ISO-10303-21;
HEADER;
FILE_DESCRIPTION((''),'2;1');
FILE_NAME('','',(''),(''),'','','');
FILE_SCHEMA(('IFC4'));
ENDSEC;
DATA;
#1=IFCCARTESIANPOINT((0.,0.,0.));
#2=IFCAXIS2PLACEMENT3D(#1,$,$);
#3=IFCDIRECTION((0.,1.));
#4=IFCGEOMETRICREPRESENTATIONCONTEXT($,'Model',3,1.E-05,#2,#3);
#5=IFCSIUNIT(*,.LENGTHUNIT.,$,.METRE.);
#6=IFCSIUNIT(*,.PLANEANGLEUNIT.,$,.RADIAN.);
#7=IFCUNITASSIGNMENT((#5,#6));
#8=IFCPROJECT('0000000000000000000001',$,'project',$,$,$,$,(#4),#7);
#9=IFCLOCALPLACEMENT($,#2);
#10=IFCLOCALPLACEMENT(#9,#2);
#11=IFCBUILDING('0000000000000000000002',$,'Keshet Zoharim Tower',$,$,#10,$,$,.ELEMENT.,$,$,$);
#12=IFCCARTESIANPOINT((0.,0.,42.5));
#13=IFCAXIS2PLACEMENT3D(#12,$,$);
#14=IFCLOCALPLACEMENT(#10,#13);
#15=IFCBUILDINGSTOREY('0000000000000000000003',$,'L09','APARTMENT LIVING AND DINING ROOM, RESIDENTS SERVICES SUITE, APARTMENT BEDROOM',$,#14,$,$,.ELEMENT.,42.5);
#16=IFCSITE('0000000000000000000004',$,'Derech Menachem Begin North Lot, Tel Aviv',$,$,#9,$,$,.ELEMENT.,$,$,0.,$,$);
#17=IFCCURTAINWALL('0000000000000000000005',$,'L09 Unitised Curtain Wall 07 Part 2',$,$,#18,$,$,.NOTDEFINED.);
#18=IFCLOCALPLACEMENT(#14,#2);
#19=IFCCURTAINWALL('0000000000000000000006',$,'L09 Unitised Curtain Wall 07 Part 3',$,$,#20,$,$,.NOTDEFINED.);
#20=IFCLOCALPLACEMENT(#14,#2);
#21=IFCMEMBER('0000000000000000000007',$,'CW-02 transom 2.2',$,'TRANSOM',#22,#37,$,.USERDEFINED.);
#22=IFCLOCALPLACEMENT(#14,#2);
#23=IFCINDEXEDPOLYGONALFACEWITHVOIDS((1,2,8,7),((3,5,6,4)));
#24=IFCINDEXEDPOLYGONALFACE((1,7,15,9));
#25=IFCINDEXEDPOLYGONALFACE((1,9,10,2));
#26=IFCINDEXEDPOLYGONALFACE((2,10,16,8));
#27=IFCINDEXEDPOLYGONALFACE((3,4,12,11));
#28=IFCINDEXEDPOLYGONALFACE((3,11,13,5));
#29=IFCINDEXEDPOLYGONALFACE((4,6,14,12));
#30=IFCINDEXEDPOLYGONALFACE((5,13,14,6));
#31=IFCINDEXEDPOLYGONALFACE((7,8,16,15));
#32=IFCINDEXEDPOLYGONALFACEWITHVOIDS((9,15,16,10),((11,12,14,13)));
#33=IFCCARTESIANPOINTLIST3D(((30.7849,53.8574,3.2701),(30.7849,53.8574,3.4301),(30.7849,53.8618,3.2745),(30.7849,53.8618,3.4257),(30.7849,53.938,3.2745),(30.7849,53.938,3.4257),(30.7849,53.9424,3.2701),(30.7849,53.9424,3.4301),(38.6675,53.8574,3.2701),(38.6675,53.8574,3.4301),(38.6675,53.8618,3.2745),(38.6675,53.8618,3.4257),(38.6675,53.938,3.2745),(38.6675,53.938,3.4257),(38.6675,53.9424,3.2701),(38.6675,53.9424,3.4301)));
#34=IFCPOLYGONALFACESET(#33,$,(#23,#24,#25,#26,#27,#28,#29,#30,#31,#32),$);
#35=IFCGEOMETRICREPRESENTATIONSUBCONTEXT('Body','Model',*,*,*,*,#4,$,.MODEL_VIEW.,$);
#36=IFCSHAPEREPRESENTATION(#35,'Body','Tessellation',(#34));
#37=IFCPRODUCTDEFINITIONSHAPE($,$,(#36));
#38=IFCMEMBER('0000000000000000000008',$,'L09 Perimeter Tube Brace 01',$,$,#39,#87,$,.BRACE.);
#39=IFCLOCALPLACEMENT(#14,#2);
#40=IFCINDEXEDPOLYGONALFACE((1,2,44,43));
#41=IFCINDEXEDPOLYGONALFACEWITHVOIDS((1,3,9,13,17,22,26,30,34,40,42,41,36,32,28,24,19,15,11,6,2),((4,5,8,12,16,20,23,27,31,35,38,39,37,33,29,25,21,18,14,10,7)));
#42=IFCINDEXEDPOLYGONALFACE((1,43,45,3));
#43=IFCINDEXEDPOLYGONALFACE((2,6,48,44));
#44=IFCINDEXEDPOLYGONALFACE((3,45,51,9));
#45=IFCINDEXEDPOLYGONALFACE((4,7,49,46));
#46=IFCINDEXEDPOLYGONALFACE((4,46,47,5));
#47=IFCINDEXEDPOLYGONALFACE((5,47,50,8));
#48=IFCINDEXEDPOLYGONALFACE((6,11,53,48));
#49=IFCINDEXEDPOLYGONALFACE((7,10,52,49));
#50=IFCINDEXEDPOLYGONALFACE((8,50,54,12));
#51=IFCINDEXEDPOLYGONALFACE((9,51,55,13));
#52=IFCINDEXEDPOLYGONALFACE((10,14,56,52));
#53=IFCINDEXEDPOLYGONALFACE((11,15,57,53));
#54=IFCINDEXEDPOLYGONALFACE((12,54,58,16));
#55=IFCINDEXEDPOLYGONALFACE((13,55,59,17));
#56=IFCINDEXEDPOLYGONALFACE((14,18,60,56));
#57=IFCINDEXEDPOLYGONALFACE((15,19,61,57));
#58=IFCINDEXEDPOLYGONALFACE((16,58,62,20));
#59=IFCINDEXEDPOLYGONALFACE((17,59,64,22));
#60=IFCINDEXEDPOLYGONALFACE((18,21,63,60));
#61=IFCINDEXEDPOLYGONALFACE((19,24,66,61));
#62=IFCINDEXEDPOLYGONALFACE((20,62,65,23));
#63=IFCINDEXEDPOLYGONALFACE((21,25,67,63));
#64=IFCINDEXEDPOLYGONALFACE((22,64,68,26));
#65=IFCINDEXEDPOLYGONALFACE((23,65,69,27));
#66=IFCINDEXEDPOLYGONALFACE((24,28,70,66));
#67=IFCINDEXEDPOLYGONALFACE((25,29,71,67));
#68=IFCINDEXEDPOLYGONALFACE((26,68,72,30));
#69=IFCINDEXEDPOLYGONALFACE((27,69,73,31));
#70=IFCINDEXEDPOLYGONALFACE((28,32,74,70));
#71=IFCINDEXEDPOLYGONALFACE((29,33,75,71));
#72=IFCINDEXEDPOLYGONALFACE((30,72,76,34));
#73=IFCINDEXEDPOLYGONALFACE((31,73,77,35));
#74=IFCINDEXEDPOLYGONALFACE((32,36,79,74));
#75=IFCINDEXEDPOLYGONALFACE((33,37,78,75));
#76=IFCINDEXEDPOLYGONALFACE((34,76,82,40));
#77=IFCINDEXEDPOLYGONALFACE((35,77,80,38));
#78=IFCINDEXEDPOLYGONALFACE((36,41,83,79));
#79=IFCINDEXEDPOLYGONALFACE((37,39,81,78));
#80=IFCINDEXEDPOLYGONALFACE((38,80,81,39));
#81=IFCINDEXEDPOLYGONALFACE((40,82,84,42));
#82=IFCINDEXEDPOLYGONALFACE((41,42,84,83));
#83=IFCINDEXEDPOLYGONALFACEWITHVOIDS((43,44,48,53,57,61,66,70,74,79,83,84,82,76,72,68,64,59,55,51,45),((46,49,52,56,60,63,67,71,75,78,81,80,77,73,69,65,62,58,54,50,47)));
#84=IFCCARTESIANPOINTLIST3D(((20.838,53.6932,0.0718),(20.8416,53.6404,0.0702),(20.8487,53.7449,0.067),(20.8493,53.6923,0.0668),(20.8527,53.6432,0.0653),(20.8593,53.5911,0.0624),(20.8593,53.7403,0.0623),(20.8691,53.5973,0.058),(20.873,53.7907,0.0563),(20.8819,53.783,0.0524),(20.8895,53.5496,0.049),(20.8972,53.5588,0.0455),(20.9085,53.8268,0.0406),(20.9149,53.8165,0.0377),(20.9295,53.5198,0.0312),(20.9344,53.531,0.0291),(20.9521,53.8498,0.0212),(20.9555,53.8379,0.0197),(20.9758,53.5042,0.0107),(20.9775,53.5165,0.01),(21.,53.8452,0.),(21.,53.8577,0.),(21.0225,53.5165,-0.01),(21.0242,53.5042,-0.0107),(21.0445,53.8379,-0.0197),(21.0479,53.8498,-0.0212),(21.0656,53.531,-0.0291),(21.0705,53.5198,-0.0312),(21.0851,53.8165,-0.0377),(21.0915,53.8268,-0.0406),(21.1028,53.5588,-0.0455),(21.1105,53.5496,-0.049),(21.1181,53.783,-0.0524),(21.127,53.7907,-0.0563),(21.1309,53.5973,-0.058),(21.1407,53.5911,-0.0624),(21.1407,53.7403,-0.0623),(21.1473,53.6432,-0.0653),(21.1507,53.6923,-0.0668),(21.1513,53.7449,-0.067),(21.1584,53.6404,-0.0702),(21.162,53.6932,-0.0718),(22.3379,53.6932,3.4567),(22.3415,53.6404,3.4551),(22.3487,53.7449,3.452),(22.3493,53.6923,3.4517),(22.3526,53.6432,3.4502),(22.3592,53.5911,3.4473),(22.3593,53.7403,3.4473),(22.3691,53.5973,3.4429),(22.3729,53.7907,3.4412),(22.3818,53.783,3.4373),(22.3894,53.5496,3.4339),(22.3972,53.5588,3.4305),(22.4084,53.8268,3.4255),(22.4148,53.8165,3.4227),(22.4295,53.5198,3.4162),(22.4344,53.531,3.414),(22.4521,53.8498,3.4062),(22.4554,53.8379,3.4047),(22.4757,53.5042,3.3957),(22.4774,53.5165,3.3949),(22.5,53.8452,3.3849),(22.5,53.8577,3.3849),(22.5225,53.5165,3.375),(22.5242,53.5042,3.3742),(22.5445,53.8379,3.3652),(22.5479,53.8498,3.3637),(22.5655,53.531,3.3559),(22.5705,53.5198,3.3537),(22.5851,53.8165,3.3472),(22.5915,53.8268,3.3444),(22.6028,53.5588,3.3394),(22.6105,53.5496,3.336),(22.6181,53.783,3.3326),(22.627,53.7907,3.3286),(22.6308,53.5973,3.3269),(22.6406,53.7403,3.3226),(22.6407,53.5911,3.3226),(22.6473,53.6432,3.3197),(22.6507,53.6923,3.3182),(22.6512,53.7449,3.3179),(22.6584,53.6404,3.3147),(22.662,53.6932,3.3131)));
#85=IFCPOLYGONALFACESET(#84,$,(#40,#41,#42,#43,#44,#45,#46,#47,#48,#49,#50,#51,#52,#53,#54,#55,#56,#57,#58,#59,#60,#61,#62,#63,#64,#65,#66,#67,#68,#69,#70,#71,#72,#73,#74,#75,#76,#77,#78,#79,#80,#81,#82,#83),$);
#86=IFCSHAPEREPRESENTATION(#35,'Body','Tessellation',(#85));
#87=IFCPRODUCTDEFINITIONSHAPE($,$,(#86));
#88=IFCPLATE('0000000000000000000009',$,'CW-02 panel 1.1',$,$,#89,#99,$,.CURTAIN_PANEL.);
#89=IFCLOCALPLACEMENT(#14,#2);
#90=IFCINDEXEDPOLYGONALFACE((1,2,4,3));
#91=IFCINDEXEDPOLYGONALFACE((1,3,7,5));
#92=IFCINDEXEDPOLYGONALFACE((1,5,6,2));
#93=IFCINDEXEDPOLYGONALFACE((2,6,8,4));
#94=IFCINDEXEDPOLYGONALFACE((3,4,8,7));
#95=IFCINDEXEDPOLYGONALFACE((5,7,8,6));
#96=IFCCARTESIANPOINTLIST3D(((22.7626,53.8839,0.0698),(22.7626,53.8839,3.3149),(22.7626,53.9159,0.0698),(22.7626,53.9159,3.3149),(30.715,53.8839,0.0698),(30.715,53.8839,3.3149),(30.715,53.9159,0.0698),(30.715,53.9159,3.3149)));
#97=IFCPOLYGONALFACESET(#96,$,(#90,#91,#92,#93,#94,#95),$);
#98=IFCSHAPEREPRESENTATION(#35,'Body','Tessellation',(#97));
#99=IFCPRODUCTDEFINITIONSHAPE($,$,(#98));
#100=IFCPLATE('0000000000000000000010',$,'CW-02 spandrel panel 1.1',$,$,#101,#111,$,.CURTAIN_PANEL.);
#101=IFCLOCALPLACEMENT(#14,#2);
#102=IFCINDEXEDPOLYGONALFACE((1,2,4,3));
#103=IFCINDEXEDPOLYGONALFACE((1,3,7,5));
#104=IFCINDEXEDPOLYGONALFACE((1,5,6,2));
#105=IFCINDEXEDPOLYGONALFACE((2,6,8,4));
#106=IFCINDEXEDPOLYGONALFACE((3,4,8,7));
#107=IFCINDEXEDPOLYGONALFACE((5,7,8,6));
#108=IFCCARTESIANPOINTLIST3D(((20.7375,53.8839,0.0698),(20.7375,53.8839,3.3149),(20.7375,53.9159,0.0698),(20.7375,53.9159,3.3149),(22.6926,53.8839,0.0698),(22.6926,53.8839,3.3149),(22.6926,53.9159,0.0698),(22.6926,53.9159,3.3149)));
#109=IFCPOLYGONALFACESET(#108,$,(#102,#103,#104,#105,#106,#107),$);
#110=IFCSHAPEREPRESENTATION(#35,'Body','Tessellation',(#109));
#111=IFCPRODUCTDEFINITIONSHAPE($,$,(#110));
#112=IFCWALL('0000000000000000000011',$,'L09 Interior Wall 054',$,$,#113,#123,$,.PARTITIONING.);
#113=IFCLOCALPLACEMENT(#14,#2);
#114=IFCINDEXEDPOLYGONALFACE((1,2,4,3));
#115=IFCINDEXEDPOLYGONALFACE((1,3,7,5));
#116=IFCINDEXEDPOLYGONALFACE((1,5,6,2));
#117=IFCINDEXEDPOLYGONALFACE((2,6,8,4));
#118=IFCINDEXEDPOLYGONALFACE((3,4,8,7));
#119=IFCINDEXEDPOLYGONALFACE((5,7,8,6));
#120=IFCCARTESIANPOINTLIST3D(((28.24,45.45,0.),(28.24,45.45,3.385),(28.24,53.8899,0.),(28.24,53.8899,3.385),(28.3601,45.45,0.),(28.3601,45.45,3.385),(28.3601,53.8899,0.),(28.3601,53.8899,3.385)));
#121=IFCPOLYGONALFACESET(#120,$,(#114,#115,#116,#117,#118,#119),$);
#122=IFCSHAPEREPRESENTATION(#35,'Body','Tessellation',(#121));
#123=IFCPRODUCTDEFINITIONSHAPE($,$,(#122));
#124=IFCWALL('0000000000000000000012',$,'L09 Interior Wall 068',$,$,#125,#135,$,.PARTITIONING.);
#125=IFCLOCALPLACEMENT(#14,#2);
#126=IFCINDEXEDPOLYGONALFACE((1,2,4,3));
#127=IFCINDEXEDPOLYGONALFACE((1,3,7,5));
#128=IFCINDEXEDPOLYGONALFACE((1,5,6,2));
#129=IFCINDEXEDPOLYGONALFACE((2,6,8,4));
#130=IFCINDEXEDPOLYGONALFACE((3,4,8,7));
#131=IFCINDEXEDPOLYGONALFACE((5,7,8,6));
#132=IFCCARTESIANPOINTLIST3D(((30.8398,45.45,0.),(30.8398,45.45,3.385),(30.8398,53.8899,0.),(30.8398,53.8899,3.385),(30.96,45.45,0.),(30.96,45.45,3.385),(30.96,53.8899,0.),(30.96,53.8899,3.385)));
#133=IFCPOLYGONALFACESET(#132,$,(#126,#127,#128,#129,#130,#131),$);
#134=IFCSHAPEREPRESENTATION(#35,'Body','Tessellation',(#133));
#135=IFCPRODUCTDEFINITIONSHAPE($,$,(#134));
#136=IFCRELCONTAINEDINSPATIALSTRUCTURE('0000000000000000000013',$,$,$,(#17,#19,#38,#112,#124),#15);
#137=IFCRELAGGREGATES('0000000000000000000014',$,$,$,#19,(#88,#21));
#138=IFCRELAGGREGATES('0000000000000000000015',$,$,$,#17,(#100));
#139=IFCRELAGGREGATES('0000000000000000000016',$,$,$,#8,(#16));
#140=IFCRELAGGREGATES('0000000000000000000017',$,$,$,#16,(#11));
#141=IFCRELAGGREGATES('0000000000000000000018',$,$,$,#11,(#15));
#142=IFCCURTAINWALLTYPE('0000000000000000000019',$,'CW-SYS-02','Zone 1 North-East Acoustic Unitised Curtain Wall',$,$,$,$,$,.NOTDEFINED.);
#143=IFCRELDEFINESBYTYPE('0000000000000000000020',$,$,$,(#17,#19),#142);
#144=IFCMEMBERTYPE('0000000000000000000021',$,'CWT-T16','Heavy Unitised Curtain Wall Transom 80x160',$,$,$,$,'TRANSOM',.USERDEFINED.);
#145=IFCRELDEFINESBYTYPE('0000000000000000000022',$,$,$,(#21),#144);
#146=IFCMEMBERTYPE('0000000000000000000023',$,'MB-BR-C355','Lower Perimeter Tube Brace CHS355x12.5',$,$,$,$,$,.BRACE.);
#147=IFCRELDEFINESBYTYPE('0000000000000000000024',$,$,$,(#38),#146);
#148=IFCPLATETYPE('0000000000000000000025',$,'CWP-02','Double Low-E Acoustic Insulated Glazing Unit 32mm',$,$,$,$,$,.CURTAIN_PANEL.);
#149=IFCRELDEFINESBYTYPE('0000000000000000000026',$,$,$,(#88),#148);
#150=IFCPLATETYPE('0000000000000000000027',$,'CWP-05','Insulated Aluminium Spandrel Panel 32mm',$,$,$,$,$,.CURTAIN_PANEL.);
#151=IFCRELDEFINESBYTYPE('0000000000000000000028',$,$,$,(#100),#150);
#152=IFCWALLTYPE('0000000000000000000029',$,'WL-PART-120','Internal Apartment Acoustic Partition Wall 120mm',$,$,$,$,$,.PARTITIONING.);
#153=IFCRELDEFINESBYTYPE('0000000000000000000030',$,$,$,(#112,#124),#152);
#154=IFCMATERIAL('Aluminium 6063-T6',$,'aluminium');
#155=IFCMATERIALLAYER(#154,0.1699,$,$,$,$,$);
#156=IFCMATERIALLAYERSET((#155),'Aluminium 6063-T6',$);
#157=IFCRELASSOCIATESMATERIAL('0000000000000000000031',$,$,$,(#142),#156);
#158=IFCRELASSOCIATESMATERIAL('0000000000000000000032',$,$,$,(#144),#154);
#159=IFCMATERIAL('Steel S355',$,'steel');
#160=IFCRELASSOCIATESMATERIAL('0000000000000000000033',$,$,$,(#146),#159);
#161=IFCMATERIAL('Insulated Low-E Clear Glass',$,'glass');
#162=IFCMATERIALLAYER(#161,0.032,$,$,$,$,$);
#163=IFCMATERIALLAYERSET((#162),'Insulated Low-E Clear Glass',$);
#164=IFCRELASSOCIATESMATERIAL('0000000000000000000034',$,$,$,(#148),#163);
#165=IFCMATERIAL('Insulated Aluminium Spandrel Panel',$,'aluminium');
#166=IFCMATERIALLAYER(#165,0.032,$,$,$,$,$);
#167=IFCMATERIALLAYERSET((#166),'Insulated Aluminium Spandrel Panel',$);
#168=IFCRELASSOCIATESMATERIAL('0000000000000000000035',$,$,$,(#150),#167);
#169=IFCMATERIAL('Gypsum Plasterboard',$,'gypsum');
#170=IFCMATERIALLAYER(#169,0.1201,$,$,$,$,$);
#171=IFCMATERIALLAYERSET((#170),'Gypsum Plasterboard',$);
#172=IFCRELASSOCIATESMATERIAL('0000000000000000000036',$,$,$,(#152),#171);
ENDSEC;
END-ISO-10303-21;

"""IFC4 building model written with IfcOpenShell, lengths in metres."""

from ifc_helpers import new_model, si_unit, direction, frame, frame_2d, origin, origin_2d, place, context, subcontext, project, spatial, rectangle, hollow_rectangle, hollow_circle, extrude, material, layer, layer_set, material_profile, profile_set, type_object, element, aggregate, save


model = new_model("IFC4")

# Units and contexts
model_context = context("Model", 3, precision=1e-05, world=origin(), true_north=direction((0.0, 1.0)))
body_context = subcontext(model_context, "Body", "Model", "MODEL_VIEW")
ifc_project = project(units=[si_unit("LENGTHUNIT", "METRE"), si_unit("PLANEANGLEUNIT", "RADIAN")], contexts=[model_context])

# Site, building, storey
site_placement = place(None, origin())
site = spatial("IfcSite", under=ifc_project, at=site_placement, Name="Derech Menachem Begin North Lot, Tel Aviv", CompositionType="ELEMENT", RefElevation=0.0)
building_placement = place(site_placement, origin())
building = spatial("IfcBuilding", under=site, at=building_placement, Name="Keshet Zoharim Tower", CompositionType="ELEMENT")
storey_placement = place(building_placement, frame((0.0, 0.0, 42.5)))
storey = spatial("IfcBuildingStorey", under=building, at=storey_placement, Name="L09", Description="APARTMENT LIVING AND DINING ROOM, RESIDENTS SERVICES SUITE, APARTMENT BEDROOM", CompositionType="ELEMENT", Elevation=42.5)

# Shared definitions
ifc_material_1 = material(Name="Steel S355", Category="steel")

# Curtain wall
ifc_material_2 = material(Name="Aluminium 6063-T6", Category="aluminium")
ifc_layer_1 = layer(ifc_material_2, 0.1699)
ifc_layer_set_1 = layer_set([ifc_layer_1], Name="Aluminium 6063-T6")
curtain_wall_type = type_object("IfcCurtainWallType", Name="CW-SYS-02", Description="Zone 1 North-East Acoustic Unitised Curtain Wall", PredefinedType="NOTDEFINED", material=ifc_layer_set_1)
curtain_wall_1_placement = place(storey_placement, origin())
curtain_wall_1 = element("IfcCurtainWall", 1, at=curtain_wall_1_placement, inside=storey, type_object=curtain_wall_type, Name="L09 Unitised Curtain Wall 07 Part 2", PredefinedType="NOTDEFINED")

# Curtain wall, member
curtain_wall_2_placement = place(storey_placement, origin())
curtain_wall_2 = element("IfcCurtainWall", 2, at=curtain_wall_2_placement, inside=storey, type_object=curtain_wall_type, Name="L09 Unitised Curtain Wall 07 Part 3", PredefinedType="NOTDEFINED")
ifc_material_profile_1 = material_profile(ifc_material_2, hollow_rectangle(XDim=0.085, YDim=0.1599, WallThickness=0.0044, at=origin_2d()), Name="TRN-85x160")
ifc_profile_set_1 = profile_set([ifc_material_profile_1], Name="Aluminium 6063-T6")
member_type_1 = type_object("IfcMemberType", Name="CWT-T16", Description="Heavy Unitised Curtain Wall Transom 80x160", ElementType="TRANSOM", PredefinedType="USERDEFINED", material=ifc_profile_set_1)
member_1_placement = place(storey_placement, frame((30.7849, 53.8999, 3.3501), z_axis=(1.0, 0.0, 0.0), x_axis=(0.0, 1.0, 0.0)))
member_1 = element("IfcMember", 3, at=member_1_placement, type_object=member_type_1, Name="CW-02 transom 2.2", ObjectType="TRANSOM", PredefinedType="USERDEFINED", context=body_context, shape_type="SweptSolid", body=[
    extrude(hollow_rectangle(XDim=0.085, YDim=0.1599, WallThickness=0.0044, at=origin_2d()), origin(), (0.0, 0.0, 1.0), 7.8826),
])

# Member
ifc_material_profile_2 = material_profile(ifc_material_1, hollow_circle(Radius=0.1777, WallThickness=0.0125, at=origin_2d()), Name="CHS355x12.5")
ifc_profile_set_2 = profile_set([ifc_material_profile_2], Name="Steel S355")
member_type_2 = type_object("IfcMemberType", Name="MB-BR-C355", Description="Lower Perimeter Tube Brace CHS355x12.5", PredefinedType="BRACE", material=ifc_profile_set_2)
member_2_placement = place(storey_placement, frame((21.0, 53.6799, 0.0), z_axis=(0.405135, 0.0, 0.914257), x_axis=(0.0, 1.0, 0.0)))
element("IfcMember", 4, at=member_2_placement, inside=storey, type_object=member_type_2, Name="L09 Perimeter Tube Brace 01", PredefinedType="BRACE", context=body_context, shape_type="SweptSolid", body=[
    extrude(hollow_circle(Radius=0.1777, WallThickness=0.0125, at=origin_2d()), origin(), (0.0, 0.0, 1.0), 3.7024),
])

# Plates
ifc_material_3 = material(Name="Insulated Low-E Clear Glass", Category="glass")
ifc_layer_2 = layer(ifc_material_3, 0.032)
ifc_layer_set_2 = layer_set([ifc_layer_2], Name="Insulated Low-E Clear Glass")
plate_type_1 = type_object("IfcPlateType", Name="CWP-02", Description="Double Low-E Acoustic Insulated Glazing Unit 32mm", PredefinedType="CURTAIN_PANEL", material=ifc_layer_set_2)
plate_1_placement = place(storey_placement, frame((26.7388, 53.8999, 0.0698), z_axis=(0.0, 0.0, 1.0), x_axis=(1.0, 0.0, 0.0)))
plate_1 = element("IfcPlate", 5, at=plate_1_placement, type_object=plate_type_1, Name="CW-02 panel 1.1", PredefinedType="CURTAIN_PANEL", context=body_context, shape_type="SweptSolid", body=[
    extrude(rectangle(XDim=7.9524, YDim=0.032, at=origin_2d()), origin(), (0.0, 0.0, 1.0), 3.2451),
])
aggregate(curtain_wall_2, [plate_1, member_1])
ifc_material_4 = material(Name="Insulated Aluminium Spandrel Panel", Category="aluminium")
ifc_layer_3 = layer(ifc_material_4, 0.032)
ifc_layer_set_3 = layer_set([ifc_layer_3], Name="Insulated Aluminium Spandrel Panel")
plate_type_2 = type_object("IfcPlateType", Name="CWP-05", Description="Insulated Aluminium Spandrel Panel 32mm", PredefinedType="CURTAIN_PANEL", material=ifc_layer_set_3)
plate_2_placement = place(storey_placement, frame((21.7151, 53.8999, 0.0698), z_axis=(0.0, 0.0, 1.0), x_axis=(1.0, 0.0, 0.0)))
plate_2 = element("IfcPlate", 6, at=plate_2_placement, type_object=plate_type_2, Name="CW-02 spandrel panel 1.1", PredefinedType="CURTAIN_PANEL", context=body_context, shape_type="SweptSolid", body=[
    extrude(rectangle(XDim=1.9551, YDim=0.032, at=origin_2d()), origin(), (0.0, 0.0, 1.0), 3.2451),
])
aggregate(curtain_wall_1, [plate_2])

# Walls
ifc_material_5 = material(Name="Gypsum Plasterboard", Category="gypsum")
ifc_layer_4 = layer(ifc_material_5, 0.1201)
ifc_layer_set_4 = layer_set([ifc_layer_4], Name="Gypsum Plasterboard")
wall_type = type_object("IfcWallType", Name="WL-PART-120", Description="Internal Apartment Acoustic Partition Wall 120mm", PredefinedType="PARTITIONING", material=ifc_layer_set_4)
for number, where, z_axis, x_axis, name in (
    (7, (28.3, 45.45, 0.0), (0.0, 0.0, 1.0), (0.0, 1.0, 0.0), "L09 Interior Wall 054"),
    (8, (30.8999, 45.45, 0.0), (0.0, 0.0, 1.0), (0.0, 1.0, 0.0), "L09 Interior Wall 068"),
):
    element("IfcWall", number, at=place(storey_placement, frame(where, z_axis=z_axis, x_axis=x_axis)), inside=storey, type_object=wall_type, Name=name, PredefinedType="PARTITIONING", context=body_context, shape_type="SweptSolid", body=[
        extrude(rectangle(XDim=8.4399, YDim=0.1201, at=frame_2d((4.22, 0.0))), origin(), (0.0, 0.0, 1.0), 3.385),
    ])

save(model, "model.ifc")
